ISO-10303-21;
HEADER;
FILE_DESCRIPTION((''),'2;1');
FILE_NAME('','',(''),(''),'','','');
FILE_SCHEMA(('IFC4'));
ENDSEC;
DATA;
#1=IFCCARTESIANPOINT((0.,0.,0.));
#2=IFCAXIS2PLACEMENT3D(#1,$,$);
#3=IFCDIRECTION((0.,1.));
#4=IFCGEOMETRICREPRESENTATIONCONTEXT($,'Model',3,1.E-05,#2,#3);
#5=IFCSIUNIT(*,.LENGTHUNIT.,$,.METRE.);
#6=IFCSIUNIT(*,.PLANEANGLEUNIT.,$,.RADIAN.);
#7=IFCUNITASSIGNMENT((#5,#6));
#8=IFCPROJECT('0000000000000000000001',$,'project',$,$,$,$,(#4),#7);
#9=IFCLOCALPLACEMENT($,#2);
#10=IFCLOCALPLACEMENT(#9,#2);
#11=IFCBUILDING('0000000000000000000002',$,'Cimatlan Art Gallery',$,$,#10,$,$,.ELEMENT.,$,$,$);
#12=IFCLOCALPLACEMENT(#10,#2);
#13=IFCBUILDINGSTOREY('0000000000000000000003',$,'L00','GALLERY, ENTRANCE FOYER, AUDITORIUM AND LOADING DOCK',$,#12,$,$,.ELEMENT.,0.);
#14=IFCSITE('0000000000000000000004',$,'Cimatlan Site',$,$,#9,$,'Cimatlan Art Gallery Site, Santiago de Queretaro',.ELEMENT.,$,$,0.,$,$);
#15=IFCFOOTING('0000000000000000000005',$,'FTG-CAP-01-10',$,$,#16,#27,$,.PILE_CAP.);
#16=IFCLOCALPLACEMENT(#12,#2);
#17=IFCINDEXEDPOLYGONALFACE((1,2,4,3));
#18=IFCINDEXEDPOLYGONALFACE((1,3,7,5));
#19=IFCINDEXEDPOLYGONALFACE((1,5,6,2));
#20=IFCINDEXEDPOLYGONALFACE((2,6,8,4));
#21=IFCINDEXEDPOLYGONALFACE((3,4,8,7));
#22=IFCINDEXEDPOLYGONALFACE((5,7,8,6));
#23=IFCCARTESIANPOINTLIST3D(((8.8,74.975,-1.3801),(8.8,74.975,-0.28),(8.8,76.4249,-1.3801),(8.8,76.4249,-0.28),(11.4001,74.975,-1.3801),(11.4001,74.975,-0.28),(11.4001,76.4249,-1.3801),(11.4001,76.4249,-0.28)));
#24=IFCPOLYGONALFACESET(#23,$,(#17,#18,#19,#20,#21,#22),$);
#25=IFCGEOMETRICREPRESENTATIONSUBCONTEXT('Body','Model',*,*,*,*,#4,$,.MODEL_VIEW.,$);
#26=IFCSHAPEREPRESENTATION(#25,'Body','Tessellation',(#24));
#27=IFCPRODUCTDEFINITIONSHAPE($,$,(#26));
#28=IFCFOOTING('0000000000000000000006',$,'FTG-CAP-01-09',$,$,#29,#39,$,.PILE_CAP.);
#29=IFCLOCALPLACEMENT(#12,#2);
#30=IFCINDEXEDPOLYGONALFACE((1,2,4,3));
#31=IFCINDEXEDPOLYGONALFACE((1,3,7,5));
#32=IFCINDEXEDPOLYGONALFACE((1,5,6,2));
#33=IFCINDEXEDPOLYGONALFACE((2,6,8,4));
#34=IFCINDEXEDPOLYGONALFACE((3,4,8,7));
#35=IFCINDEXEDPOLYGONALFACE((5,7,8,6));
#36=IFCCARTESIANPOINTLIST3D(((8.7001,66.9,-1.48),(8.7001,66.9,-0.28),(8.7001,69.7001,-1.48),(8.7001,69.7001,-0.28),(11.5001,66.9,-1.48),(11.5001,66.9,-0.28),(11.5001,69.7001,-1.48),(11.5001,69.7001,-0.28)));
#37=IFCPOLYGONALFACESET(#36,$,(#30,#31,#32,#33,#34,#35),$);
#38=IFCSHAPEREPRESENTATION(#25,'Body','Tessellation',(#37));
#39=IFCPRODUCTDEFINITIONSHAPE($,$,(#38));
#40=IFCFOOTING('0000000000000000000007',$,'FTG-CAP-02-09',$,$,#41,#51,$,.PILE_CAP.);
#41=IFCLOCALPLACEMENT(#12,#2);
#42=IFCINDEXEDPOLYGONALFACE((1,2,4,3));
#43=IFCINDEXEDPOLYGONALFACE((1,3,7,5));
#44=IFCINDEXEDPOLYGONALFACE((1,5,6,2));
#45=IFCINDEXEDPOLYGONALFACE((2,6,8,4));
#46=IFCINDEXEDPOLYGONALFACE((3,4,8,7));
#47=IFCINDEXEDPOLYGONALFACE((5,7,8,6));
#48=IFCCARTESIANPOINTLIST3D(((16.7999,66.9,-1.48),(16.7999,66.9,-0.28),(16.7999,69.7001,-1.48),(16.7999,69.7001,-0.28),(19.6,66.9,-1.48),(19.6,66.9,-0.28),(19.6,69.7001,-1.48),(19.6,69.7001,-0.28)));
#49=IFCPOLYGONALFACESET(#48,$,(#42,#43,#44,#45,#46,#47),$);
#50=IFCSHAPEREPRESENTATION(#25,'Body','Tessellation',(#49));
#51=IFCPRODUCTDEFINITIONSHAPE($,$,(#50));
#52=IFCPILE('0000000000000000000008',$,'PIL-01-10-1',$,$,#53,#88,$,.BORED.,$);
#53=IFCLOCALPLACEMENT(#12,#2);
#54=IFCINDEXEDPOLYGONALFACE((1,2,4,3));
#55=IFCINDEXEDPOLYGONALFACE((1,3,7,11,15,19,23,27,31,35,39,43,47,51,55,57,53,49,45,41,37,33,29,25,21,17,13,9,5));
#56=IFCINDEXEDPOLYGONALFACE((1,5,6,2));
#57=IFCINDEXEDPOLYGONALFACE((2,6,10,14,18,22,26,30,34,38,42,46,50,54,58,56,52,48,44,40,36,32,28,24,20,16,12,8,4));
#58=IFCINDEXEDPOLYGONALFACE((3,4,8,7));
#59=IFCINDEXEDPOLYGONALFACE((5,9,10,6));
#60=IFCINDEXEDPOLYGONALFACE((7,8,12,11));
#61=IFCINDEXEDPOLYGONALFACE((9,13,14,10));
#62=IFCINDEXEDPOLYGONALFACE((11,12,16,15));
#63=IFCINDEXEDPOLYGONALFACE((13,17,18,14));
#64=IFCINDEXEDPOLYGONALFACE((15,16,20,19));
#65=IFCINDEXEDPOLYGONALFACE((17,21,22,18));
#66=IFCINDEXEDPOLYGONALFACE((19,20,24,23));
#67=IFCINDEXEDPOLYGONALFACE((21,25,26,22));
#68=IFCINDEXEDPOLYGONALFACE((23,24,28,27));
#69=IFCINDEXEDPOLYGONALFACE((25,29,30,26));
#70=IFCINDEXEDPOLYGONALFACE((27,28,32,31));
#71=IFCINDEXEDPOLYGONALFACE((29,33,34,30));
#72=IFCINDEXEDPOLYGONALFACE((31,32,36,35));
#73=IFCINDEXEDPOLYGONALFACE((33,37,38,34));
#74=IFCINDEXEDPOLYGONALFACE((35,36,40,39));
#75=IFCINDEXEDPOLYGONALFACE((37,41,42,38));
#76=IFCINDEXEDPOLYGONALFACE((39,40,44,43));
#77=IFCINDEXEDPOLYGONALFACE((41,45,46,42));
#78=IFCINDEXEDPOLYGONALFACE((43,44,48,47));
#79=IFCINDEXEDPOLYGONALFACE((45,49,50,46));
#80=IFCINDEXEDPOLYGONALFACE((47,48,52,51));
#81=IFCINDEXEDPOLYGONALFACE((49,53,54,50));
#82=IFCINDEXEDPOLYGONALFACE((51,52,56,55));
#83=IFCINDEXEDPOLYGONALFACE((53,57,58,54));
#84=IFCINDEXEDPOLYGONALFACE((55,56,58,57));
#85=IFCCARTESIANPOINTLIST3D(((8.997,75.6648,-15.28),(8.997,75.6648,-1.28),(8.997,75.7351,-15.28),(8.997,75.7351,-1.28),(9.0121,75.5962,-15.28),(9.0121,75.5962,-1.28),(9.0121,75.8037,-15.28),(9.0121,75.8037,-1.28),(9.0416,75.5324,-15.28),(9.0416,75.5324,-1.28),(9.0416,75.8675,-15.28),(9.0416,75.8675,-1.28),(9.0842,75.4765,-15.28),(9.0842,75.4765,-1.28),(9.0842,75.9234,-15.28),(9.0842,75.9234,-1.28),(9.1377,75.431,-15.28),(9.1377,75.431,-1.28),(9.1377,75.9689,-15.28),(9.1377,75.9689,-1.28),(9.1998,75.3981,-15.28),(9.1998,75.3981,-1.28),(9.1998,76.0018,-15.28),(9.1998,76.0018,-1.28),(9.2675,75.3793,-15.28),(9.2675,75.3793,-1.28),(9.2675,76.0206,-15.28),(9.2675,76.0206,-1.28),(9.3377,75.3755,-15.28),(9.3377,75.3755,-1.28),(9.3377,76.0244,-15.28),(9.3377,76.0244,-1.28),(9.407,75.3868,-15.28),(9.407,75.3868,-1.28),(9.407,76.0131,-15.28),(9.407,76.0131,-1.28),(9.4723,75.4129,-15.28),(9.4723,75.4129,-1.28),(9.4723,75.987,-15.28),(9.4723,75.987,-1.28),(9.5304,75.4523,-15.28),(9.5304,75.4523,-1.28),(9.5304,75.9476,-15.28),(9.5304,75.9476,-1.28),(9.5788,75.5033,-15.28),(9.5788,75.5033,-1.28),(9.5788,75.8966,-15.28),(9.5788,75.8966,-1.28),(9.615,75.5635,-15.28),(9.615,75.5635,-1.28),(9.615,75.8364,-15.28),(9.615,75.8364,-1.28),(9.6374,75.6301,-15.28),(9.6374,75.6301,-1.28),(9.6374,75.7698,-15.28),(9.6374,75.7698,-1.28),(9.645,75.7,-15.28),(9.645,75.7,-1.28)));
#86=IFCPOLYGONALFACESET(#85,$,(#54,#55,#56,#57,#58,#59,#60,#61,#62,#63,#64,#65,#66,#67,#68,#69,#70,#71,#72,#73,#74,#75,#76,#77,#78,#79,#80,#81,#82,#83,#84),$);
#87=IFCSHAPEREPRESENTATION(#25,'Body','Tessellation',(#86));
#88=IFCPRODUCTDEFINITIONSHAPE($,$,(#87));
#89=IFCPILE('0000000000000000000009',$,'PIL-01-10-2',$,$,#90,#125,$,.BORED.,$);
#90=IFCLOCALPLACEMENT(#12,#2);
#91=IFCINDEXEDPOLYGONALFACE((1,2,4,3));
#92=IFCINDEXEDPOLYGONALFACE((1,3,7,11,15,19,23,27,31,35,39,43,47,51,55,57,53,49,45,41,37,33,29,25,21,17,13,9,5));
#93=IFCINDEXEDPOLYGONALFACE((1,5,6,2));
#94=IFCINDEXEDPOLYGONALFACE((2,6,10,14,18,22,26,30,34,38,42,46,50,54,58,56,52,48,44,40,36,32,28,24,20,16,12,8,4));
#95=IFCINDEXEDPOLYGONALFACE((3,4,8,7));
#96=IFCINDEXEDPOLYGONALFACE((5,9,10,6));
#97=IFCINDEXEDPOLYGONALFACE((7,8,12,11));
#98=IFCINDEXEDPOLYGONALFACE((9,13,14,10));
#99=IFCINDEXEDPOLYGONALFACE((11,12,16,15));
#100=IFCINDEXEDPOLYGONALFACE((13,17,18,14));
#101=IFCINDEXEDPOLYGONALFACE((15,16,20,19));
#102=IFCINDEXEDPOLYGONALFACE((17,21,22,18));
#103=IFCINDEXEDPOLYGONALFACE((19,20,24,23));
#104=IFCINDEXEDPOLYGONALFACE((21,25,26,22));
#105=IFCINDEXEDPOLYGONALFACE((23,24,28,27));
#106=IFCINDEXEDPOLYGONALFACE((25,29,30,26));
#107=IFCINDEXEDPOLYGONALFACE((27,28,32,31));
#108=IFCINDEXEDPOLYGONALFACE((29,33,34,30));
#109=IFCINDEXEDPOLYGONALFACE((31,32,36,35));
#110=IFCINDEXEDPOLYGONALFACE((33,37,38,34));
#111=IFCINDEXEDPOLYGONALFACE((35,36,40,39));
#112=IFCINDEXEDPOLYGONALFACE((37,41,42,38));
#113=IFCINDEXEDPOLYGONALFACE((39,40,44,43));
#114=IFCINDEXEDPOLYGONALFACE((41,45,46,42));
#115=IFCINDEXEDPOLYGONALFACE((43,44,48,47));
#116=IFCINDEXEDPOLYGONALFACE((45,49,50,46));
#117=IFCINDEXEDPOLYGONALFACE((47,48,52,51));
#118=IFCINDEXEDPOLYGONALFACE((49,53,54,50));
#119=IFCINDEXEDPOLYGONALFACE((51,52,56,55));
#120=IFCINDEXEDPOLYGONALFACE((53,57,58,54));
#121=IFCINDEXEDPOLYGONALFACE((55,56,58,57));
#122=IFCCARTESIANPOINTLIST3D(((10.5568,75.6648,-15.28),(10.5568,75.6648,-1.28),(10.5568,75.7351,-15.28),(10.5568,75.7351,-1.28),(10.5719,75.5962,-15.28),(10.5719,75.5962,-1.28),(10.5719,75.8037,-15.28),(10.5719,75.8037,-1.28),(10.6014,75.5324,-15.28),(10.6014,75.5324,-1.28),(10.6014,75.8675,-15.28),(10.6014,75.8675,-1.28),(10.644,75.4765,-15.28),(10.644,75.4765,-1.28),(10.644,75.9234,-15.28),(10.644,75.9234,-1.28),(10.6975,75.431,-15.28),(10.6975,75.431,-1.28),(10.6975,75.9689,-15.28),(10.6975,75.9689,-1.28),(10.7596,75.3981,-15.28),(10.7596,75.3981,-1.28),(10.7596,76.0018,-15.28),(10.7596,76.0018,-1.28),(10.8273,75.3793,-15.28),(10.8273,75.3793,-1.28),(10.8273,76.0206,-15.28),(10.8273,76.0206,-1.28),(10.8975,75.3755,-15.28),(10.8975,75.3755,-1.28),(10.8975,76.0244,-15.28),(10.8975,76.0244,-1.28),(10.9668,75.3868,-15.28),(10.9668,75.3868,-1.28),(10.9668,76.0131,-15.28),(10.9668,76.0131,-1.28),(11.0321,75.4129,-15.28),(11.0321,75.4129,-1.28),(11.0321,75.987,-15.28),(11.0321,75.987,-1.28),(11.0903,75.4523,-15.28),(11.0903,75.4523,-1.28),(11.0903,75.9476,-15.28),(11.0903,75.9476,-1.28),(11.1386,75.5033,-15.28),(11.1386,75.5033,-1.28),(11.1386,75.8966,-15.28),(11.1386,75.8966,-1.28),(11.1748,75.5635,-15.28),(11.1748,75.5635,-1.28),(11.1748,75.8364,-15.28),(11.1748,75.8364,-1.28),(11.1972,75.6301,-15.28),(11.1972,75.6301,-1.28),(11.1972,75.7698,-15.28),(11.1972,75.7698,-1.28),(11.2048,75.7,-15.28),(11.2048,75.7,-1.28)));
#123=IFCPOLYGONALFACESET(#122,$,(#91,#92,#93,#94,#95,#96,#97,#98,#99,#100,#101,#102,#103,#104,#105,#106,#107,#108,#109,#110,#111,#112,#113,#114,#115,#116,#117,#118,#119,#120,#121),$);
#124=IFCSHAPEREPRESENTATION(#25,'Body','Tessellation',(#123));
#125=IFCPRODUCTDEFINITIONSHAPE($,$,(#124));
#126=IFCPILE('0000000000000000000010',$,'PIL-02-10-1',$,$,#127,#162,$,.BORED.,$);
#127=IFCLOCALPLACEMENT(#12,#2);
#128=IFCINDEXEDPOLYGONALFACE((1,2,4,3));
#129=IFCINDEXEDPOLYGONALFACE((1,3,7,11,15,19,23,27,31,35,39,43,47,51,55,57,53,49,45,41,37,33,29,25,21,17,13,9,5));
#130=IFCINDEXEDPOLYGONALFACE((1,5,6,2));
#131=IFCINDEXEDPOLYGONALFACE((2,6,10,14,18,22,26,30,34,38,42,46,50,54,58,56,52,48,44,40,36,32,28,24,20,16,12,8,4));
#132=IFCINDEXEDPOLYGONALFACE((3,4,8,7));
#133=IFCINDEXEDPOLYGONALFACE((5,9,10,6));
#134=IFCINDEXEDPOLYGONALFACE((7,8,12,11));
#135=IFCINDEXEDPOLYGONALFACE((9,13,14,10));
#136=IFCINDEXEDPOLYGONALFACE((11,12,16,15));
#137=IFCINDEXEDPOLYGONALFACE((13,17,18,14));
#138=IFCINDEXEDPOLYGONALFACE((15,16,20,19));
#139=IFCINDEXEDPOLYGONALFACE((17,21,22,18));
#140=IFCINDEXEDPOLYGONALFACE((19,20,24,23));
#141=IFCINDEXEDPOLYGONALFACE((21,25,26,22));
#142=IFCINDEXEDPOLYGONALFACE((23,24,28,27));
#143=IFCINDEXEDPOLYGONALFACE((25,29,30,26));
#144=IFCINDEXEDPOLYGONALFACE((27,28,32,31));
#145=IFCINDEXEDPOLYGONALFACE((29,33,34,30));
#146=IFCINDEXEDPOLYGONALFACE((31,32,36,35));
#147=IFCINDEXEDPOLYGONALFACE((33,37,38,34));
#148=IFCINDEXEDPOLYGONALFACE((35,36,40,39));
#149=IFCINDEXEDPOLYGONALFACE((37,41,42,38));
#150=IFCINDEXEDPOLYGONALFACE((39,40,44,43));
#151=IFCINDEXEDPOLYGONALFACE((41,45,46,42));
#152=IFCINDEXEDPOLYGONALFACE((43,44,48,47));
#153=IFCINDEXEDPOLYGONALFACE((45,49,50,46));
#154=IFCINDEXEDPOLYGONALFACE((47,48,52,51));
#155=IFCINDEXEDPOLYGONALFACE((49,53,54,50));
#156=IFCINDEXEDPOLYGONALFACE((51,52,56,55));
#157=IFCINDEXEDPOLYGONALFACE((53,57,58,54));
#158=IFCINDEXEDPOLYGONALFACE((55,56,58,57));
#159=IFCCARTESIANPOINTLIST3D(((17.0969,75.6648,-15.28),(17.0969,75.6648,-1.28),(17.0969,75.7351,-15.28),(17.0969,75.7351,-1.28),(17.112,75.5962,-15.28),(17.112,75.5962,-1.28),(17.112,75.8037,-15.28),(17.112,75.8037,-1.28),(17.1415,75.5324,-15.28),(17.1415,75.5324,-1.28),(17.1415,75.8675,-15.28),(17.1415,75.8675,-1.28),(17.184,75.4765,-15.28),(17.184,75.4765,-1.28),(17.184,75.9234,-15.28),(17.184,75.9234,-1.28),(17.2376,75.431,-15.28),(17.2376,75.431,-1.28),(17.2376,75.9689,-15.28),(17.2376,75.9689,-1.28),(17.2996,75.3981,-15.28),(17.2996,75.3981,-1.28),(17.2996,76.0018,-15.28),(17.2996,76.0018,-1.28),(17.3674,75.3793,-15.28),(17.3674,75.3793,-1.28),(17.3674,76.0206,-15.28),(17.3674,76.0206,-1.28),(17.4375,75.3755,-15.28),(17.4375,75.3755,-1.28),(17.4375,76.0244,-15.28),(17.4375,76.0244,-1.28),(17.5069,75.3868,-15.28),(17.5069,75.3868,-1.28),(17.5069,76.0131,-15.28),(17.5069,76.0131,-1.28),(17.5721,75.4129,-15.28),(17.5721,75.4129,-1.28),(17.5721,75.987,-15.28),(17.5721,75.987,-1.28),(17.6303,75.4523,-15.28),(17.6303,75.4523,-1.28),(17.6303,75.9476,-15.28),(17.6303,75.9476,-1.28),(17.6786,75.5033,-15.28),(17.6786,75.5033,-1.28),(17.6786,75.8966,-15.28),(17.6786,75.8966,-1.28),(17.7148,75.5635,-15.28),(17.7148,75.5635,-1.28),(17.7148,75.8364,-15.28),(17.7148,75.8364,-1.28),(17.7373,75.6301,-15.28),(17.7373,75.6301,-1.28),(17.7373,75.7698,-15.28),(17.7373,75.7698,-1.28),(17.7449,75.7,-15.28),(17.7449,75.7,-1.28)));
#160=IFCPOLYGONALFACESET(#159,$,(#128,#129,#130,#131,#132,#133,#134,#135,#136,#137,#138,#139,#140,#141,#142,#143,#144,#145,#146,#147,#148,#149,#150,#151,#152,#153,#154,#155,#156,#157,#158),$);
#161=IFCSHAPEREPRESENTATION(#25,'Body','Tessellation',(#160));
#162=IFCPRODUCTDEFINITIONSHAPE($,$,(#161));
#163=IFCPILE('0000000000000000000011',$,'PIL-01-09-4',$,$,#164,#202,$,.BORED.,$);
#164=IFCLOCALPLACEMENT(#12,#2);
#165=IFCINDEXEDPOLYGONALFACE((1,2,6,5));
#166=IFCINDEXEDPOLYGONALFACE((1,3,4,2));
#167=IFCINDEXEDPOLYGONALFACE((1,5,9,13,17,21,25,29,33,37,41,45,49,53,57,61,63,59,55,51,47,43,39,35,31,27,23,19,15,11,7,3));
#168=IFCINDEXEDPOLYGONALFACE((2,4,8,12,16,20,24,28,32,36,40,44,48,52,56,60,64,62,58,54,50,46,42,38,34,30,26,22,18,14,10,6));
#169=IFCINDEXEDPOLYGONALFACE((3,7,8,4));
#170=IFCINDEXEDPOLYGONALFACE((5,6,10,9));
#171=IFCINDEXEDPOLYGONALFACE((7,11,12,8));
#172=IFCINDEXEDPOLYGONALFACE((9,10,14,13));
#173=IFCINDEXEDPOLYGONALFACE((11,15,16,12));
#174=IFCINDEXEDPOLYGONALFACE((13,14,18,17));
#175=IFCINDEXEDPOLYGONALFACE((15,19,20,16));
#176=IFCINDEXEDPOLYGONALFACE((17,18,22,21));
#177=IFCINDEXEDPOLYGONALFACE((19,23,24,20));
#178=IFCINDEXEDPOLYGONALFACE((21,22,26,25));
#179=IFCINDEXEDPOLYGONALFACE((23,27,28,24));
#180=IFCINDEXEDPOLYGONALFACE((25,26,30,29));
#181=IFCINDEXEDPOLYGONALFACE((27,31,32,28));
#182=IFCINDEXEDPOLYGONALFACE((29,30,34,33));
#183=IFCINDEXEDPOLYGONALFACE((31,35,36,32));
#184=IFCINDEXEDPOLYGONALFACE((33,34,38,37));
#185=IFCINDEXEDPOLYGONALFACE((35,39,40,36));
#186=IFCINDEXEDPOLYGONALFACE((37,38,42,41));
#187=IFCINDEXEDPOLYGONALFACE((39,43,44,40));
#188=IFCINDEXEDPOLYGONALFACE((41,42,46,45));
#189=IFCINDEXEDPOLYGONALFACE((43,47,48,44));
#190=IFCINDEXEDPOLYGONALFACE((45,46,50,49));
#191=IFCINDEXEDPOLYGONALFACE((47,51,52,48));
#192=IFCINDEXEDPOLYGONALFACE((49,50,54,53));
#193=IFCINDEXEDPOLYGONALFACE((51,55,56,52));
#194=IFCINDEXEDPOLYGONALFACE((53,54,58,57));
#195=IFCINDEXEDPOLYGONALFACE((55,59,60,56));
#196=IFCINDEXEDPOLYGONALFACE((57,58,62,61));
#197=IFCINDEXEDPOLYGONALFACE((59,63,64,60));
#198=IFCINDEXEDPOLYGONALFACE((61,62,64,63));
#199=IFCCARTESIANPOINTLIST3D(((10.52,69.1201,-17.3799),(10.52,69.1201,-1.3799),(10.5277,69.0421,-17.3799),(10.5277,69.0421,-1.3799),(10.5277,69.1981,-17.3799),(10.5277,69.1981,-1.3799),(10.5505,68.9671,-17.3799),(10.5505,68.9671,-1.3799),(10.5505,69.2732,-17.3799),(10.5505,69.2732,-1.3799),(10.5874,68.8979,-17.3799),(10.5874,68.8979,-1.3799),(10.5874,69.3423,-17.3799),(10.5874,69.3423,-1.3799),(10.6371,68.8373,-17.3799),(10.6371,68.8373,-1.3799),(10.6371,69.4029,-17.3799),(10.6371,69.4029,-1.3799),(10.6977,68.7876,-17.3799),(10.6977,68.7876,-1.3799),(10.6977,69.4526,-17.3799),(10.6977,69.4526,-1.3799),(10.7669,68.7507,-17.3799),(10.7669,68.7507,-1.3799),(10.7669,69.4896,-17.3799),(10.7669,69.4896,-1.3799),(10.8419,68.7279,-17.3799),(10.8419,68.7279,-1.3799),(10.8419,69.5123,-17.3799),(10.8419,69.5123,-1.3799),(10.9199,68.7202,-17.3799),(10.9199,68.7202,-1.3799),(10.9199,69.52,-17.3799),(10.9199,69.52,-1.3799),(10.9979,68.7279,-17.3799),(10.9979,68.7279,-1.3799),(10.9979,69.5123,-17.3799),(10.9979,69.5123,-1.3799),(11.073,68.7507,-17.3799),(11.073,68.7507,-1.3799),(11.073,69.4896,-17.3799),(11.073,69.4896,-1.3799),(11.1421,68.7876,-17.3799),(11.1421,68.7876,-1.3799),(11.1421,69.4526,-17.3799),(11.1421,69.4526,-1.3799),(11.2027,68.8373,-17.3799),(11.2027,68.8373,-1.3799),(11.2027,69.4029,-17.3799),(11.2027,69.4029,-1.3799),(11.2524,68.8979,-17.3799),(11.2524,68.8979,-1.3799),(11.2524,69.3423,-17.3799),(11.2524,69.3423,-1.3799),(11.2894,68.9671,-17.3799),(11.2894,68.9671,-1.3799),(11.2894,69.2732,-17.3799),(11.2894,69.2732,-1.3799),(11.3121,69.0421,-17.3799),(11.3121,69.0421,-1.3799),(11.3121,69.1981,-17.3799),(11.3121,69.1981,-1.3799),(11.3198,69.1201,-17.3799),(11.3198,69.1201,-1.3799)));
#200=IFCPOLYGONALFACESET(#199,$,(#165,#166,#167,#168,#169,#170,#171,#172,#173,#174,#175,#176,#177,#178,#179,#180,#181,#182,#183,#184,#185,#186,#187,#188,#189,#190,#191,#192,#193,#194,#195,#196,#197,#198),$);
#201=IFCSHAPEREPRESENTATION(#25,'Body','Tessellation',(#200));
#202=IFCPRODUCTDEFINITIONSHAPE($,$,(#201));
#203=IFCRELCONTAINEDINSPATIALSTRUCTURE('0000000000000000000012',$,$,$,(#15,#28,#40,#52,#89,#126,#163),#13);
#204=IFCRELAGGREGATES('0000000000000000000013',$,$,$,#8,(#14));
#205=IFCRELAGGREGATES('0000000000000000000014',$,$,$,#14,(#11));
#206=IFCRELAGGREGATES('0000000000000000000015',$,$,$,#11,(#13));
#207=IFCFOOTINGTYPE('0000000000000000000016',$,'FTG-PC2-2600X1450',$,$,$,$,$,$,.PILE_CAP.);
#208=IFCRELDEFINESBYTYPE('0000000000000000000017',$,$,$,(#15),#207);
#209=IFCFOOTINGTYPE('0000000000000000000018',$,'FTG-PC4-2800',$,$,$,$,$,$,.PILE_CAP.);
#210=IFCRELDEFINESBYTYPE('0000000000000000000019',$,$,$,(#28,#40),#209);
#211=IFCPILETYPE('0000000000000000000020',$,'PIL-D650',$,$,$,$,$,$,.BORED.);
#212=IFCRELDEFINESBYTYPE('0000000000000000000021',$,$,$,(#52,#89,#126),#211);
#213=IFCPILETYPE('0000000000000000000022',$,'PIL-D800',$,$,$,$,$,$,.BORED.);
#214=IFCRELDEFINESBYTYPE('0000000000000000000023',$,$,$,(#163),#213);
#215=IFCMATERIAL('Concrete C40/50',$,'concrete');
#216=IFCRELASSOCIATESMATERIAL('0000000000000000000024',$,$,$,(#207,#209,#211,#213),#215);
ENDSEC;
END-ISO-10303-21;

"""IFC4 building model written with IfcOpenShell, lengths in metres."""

from ifc_helpers import new_model, si_unit, direction, frame, origin, origin_2d, place, context, subcontext, project, spatial, rectangle, circle, extrude, material, type_object, element, save


model = new_model("IFC4")

# Units and contexts
model_context = context("Model", 3, precision=1e-05, world=origin(), true_north=direction((0.0, 1.0)))
body_context = subcontext(model_context, "Body", "Model", "MODEL_VIEW")
ifc_project = project(units=[si_unit("LENGTHUNIT", "METRE"), si_unit("PLANEANGLEUNIT", "RADIAN")], contexts=[model_context])

# Site, building, storey
site_placement = place(None, origin())
site = spatial("IfcSite", under=ifc_project, at=site_placement, Name="Cimatlan Site", LongName="Cimatlan Art Gallery Site, Santiago de Queretaro", CompositionType="ELEMENT", RefElevation=0.0)
building_placement = place(site_placement, origin())
building = spatial("IfcBuilding", under=site, at=building_placement, Name="Cimatlan Art Gallery", CompositionType="ELEMENT")
storey_placement = place(building_placement, origin())
storey = spatial("IfcBuildingStorey", under=building, at=storey_placement, Name="L00", Description="GALLERY, ENTRANCE FOYER, AUDITORIUM AND LOADING DOCK", CompositionType="ELEMENT", Elevation=0.0)

# Footings
ifc_material_1 = material(Name="Concrete C40/50", Category="concrete")
footing_type_1 = type_object("IfcFootingType", Name="FTG-PC2-2600X1450", PredefinedType="PILE_CAP", material=ifc_material_1)
footing_placement = place(storey_placement, frame((10.1001, 75.7, -1.3801), z_axis=(0.0, 0.0, 1.0), x_axis=(1.0, 0.0, 0.0)))
element("IfcFooting", 1, at=footing_placement, inside=storey, type_object=footing_type_1, Name="FTG-CAP-01-10", PredefinedType="PILE_CAP", context=body_context, shape_type="SweptSolid", body=[
    extrude(rectangle(XDim=2.6001, YDim=1.45, at=origin_2d()), origin(), (0.0, 0.0, 1.0), 1.1001),
])
footing_type_2 = type_object("IfcFootingType", Name="FTG-PC4-2800", PredefinedType="PILE_CAP", material=ifc_material_1)
for number, where, z_axis, x_axis, name in (
    (2, (10.1001, 68.3, -1.48), (0.0, 0.0, 1.0), (1.0, 0.0, 0.0), "FTG-CAP-01-09"),
    (3, (18.2, 68.3, -1.48), (0.0, 0.0, 1.0), (1.0, 0.0, 0.0), "FTG-CAP-02-09"),
):
    element("IfcFooting", number, at=place(storey_placement, frame(where, z_axis=z_axis, x_axis=x_axis)), inside=storey, type_object=footing_type_2, Name=name, PredefinedType="PILE_CAP", context=body_context, shape_type="SweptSolid", body=[
        extrude(rectangle(XDim=2.8, YDim=2.8, at=origin_2d()), origin(), (0.0, 0.0, 1.0), 1.2),
    ])

# Piles
pile_type_1 = type_object("IfcPileType", Name="PIL-D650", PredefinedType="BORED", material=ifc_material_1)
for number, where, z_axis, x_axis, name in (
    (4, (9.3201, 75.7, -1.28), (0.0, 0.0, -1.0), (1.0, 0.0, 0.0), "PIL-01-10-1"),
    (5, (10.8799, 75.7, -1.28), (0.0, 0.0, -1.0), (1.0, 0.0, 0.0), "PIL-01-10-2"),
    (6, (17.4199, 75.7, -1.28), (0.0, 0.0, -1.0), (1.0, 0.0, 0.0), "PIL-02-10-1"),
):
    element("IfcPile", number, at=place(storey_placement, frame(where, z_axis=z_axis, x_axis=x_axis)), inside=storey, type_object=pile_type_1, Name=name, PredefinedType="BORED", context=body_context, shape_type="SweptSolid", body=[
        extrude(circle(Radius=0.325, at=origin_2d()), origin(), (0.0, 0.0, 1.0), 14.0),
    ])
pile_type_2 = type_object("IfcPileType", Name="PIL-D800", PredefinedType="BORED", material=ifc_material_1)
for number, where, z_axis, x_axis, name in (
    (7, (10.9199, 69.1201, -1.3799), (0.0, 0.0, -1.0), (1.0, 0.0, 0.0), "PIL-01-09-4"),
):
    element("IfcPile", number, at=place(storey_placement, frame(where, z_axis=z_axis, x_axis=x_axis)), inside=storey, type_object=pile_type_2, Name=name, PredefinedType="BORED", context=body_context, shape_type="SweptSolid", body=[
        extrude(circle(Radius=0.3999, at=origin_2d()), origin(), (0.0, 0.0, 1.0), 16.0),
    ])

save(model, "model.ifc")
